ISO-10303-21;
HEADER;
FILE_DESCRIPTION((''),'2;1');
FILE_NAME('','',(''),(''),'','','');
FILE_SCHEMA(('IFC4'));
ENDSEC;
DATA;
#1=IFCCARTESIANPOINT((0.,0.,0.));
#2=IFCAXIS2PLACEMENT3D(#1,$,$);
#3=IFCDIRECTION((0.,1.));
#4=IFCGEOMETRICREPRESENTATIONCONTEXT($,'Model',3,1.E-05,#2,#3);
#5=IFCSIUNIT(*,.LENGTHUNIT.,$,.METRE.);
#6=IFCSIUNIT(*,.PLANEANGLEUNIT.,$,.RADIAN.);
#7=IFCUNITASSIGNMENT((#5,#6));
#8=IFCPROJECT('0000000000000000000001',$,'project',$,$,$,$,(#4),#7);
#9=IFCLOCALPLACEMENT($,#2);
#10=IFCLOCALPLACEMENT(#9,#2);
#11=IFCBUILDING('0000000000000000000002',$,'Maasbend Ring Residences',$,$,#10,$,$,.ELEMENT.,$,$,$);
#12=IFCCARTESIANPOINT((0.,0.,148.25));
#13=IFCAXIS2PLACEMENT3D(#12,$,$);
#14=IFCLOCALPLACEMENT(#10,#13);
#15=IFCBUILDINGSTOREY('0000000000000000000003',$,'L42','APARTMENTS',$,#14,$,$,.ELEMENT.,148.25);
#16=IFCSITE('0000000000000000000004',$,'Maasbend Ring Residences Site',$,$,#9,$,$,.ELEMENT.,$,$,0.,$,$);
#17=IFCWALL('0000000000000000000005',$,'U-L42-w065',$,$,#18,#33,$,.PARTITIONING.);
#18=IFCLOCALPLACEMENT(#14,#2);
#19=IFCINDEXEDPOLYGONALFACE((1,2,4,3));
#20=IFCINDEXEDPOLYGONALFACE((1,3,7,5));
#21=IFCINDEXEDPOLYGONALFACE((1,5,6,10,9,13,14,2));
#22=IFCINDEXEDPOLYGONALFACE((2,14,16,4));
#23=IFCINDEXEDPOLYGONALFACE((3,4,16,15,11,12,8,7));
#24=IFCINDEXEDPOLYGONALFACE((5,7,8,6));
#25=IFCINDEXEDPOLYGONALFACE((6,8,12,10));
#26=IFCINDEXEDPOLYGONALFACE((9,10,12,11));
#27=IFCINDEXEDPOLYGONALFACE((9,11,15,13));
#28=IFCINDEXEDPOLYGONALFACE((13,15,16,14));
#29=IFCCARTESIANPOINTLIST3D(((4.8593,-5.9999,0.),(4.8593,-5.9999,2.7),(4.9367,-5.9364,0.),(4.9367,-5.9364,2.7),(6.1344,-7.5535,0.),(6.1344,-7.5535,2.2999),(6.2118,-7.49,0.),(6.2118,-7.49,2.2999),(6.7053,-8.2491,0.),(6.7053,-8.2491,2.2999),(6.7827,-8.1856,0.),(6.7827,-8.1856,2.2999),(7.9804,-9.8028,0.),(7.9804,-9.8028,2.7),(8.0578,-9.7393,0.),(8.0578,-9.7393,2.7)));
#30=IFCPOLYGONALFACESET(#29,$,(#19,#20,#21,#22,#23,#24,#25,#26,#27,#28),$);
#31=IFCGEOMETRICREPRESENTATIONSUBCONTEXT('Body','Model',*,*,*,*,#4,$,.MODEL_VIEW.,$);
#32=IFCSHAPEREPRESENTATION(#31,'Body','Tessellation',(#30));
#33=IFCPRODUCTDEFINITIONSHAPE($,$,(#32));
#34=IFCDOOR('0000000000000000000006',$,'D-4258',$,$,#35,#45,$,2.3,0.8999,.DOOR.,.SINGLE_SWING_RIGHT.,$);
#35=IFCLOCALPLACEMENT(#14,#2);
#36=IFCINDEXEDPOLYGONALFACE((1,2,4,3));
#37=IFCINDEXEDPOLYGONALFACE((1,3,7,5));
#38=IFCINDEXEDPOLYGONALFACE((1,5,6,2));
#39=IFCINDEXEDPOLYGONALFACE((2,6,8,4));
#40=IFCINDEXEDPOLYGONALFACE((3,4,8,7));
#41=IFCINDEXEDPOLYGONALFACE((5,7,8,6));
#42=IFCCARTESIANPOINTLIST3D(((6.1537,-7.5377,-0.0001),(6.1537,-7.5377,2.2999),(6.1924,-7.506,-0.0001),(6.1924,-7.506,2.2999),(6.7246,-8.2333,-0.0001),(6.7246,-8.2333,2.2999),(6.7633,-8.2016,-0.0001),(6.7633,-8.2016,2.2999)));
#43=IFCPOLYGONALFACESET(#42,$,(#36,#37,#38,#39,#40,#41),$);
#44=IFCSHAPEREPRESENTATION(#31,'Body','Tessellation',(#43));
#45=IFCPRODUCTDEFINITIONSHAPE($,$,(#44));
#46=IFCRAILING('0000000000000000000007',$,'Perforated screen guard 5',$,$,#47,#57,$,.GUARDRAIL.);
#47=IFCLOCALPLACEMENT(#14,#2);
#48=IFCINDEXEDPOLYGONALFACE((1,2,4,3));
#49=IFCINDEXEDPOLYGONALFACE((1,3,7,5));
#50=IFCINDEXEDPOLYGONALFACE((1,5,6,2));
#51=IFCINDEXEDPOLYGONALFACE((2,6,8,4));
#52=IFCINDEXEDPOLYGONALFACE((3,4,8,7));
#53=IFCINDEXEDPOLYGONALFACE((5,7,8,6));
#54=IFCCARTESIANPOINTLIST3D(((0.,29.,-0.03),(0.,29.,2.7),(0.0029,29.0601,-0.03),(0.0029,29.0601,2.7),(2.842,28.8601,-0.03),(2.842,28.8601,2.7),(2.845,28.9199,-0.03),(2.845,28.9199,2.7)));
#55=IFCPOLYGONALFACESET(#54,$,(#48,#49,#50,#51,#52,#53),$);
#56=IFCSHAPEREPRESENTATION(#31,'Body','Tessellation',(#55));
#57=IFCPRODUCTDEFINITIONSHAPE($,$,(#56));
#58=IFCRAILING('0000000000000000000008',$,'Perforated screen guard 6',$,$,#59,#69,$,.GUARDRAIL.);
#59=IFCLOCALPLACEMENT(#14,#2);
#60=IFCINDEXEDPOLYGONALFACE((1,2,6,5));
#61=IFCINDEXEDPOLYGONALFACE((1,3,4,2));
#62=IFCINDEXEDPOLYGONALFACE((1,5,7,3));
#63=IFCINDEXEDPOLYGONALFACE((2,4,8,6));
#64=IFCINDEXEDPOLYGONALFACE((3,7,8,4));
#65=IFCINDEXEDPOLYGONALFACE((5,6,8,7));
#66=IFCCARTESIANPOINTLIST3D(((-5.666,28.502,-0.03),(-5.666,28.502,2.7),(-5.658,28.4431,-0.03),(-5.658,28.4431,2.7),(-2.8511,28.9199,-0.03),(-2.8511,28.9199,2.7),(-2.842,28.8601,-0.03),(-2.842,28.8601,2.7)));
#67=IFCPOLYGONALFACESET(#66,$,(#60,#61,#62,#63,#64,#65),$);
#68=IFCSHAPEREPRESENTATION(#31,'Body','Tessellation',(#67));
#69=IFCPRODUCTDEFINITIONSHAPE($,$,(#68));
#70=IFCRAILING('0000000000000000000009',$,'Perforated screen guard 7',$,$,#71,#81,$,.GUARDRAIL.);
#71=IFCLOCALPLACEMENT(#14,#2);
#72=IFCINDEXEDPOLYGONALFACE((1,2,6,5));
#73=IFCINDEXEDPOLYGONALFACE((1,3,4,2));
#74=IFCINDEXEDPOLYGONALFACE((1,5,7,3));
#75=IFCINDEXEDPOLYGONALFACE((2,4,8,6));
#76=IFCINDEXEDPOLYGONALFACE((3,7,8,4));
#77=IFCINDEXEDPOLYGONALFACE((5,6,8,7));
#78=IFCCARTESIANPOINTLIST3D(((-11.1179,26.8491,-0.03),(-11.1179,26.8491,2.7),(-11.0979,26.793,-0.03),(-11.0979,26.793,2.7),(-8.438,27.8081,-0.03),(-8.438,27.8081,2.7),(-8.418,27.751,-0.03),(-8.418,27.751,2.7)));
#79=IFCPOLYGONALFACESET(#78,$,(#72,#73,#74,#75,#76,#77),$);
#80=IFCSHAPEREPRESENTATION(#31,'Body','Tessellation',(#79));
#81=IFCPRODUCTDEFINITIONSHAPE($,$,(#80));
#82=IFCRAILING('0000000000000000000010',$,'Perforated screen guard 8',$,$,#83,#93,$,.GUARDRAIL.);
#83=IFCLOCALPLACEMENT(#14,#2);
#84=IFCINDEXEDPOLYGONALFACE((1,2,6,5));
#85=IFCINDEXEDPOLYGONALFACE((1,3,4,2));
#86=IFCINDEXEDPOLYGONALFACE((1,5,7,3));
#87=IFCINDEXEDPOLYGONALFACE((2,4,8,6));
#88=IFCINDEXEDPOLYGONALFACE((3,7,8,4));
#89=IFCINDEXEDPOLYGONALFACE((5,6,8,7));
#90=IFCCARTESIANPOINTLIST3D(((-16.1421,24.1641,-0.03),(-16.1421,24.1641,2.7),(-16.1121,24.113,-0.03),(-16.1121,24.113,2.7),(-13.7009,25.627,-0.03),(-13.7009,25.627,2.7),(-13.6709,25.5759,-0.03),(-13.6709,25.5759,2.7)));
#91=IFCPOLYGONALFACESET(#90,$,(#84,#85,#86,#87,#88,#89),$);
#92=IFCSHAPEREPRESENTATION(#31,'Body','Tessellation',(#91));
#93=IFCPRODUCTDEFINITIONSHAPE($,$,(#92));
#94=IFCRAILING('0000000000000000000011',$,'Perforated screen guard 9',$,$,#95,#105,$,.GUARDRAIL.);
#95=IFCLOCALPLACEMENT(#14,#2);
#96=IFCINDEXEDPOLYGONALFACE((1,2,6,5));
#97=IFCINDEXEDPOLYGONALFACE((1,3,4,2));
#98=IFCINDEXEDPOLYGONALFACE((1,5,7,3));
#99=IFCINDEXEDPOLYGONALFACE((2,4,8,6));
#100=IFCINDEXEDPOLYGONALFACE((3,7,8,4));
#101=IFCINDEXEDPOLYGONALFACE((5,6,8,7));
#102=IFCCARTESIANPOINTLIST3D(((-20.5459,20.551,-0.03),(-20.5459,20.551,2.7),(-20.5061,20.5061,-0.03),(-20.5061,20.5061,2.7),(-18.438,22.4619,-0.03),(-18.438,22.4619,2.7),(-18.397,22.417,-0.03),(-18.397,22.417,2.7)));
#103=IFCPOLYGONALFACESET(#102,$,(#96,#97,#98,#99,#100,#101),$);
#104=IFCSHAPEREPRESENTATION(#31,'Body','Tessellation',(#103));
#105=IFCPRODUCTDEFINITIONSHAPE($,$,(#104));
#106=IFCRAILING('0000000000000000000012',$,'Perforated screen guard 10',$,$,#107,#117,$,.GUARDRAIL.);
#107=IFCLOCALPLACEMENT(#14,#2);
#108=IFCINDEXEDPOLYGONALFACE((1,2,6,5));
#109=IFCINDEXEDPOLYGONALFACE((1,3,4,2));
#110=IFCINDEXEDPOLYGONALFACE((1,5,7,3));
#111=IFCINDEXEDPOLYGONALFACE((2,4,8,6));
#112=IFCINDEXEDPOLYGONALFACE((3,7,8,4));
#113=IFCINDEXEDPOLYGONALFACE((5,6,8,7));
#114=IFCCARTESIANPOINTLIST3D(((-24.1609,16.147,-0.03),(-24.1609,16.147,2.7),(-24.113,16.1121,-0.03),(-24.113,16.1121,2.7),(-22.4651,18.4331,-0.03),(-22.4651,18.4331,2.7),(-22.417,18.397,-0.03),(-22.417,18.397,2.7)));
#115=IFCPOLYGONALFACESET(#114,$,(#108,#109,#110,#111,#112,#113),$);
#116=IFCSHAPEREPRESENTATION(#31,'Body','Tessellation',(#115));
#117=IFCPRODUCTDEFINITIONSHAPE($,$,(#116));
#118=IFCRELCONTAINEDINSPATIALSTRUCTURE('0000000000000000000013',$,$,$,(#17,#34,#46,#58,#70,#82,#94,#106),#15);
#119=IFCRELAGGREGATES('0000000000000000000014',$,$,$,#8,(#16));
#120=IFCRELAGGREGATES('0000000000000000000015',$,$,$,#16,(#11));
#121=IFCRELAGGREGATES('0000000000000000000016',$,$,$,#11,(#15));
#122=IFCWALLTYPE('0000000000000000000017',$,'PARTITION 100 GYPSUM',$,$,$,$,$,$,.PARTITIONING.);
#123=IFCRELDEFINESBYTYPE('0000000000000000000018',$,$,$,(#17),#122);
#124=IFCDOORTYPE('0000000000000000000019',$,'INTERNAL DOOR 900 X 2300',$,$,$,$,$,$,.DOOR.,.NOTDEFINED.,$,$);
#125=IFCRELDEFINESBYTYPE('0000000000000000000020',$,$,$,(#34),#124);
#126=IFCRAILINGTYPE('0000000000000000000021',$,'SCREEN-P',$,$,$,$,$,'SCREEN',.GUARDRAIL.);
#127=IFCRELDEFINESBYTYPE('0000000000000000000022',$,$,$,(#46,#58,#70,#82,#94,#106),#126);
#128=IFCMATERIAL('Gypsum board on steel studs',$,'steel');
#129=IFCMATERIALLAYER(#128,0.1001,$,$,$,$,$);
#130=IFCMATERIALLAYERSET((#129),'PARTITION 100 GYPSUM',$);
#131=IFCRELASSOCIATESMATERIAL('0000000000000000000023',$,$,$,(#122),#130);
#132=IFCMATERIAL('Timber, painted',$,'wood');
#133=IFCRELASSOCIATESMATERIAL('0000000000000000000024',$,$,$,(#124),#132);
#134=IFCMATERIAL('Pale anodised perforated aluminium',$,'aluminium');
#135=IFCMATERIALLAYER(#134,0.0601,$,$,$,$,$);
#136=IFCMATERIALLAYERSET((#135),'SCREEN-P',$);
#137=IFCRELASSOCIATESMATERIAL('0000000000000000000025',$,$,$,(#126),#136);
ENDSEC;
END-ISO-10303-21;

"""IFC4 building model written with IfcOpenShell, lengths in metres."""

from ifc_helpers import new_model, si_unit, direction, frame, frame_2d, origin, place, context, subcontext, project, spatial, polyline, rectangle, outline, extrude, material, layer, layer_set, type_object, element, fill, save


model = new_model("IFC4")

# Units and contexts
model_context = context("Model", 3, precision=1e-05, world=origin(), true_north=direction((0.0, 1.0)))
body_context = subcontext(model_context, "Body", "Model", "MODEL_VIEW")
ifc_project = project(units=[si_unit("LENGTHUNIT", "METRE"), si_unit("PLANEANGLEUNIT", "RADIAN")], contexts=[model_context])

# Site, building, storey
site_placement = place(None, origin())
site = spatial("IfcSite", under=ifc_project, at=site_placement, Name="Maasbend Ring Residences Site", CompositionType="ELEMENT", RefElevation=0.0)
building_placement = place(site_placement, origin())
building = spatial("IfcBuilding", under=site, at=building_placement, Name="Maasbend Ring Residences", CompositionType="ELEMENT")
storey_placement = place(building_placement, frame((0.0, 0.0, 148.25)))
storey = spatial("IfcBuildingStorey", under=building, at=storey_placement, Name="L42", Description="APARTMENTS", CompositionType="ELEMENT", Elevation=148.25)

# Wall, opening, door
ifc_material_1 = material(Name="Gypsum board on steel studs", Category="steel")
ifc_layer_1 = layer(ifc_material_1, 0.1001)
ifc_layer_set_1 = layer_set([ifc_layer_1], Name="PARTITION 100 GYPSUM")
wall_type = type_object("IfcWallType", Name="PARTITION 100 GYPSUM", PredefinedType="PARTITIONING", material=ifc_layer_set_1)
wall_placement = place(storey_placement, frame((4.8979, -5.968, 0.0), z_axis=(0.0, 0.0, 1.0), x_axis=(0.634402, -0.773003, 0.0)))
wall = element("IfcWall", 1, at=wall_placement, inside=storey, type_object=wall_type, Name="U-L42-w065", PredefinedType="PARTITIONING", context=body_context, shape_type="SweptSolid", body=[
    extrude(rectangle(XDim=4.9197, YDim=0.1001, at=frame_2d((2.46, 0.0))), origin(), (0.0, 0.0, 1.0), 2.7),
])
opening_placement = place(wall_placement, frame((2.01, 0.0, 0.0)))
opening = element("IfcOpeningElement", 2, at=opening_placement, cuts=wall, PredefinedType="OPENING", context=body_context, shape_type="SweptSolid", body=[
    extrude(rectangle(XDim=0.8999, YDim=2.3, at=frame_2d((0.45, 1.1499))), frame((0.0, 0.0601, 0.0), z_axis=(0.0, -1.0, 0.0), x_axis=(1.0, 0.0, 0.0)), (0.0, 0.0, 1.0), 0.1201),
])
ifc_material_2 = material(Name="Timber, painted", Category="wood")
door_type = type_object("IfcDoorType", Name="INTERNAL DOOR 900 X 2300", OperationType="NOTDEFINED", PredefinedType="DOOR", material=ifc_material_2)
door_placement = place(opening_placement, origin())
door = element("IfcDoor", 3, at=door_placement, inside=storey, type_object=door_type, Name="D-4258", OperationType="SINGLE_SWING_RIGHT", OverallHeight=2.3, OverallWidth=0.8999, PredefinedType="DOOR", context=body_context, shape_type="SweptSolid", body=[
    extrude(rectangle(XDim=0.8999, YDim=2.3, at=frame_2d((0.45, 1.1499))), frame((0.0, 0.0249, 0.0), z_axis=(0.0, -1.0, 0.0), x_axis=(1.0, 0.0, 0.0)), (0.0, 0.0, 1.0), 0.05),
])
fill(opening, door)

# Railings
ifc_material_3 = material(Name="Pale anodised perforated aluminium", Category="aluminium")
ifc_layer_2 = layer(ifc_material_3, 0.0601)
ifc_layer_set_2 = layer_set([ifc_layer_2], Name="SCREEN-P")
railing_type = type_object("IfcRailingType", Name="SCREEN-P", ElementType="SCREEN", PredefinedType="GUARDRAIL", material=ifc_layer_set_2)
railing_1_placement = place(storey_placement, frame((0.0, 0.0, -0.03)))
element("IfcRailing", 4, at=railing_1_placement, inside=storey, type_object=railing_type, Name="Perforated screen guard 5", PredefinedType="GUARDRAIL", context=body_context, shape_type="SweptSolid", body=[
    extrude(outline(polyline([(2.842, 28.8601), (0.0, 29.0), (0.0029, 29.0601), (2.845, 28.9199), (2.842, 28.8601)])), origin(), (0.0, 0.0, 1.0), 2.73),
])
railing_2_placement = place(storey_placement, frame((0.0, 0.0, -0.03)))
element("IfcRailing", 5, at=railing_2_placement, inside=storey, type_object=railing_type, Name="Perforated screen guard 6", PredefinedType="GUARDRAIL", context=body_context, shape_type="SweptSolid", body=[
    extrude(outline(polyline([(-2.842, 28.8601), (-5.658, 28.4431), (-5.666, 28.502), (-2.8511, 28.9199), (-2.842, 28.8601)])), origin(), (0.0, 0.0, 1.0), 2.73),
])
railing_3_placement = place(storey_placement, frame((0.0, 0.0, -0.03)))
element("IfcRailing", 6, at=railing_3_placement, inside=storey, type_object=railing_type, Name="Perforated screen guard 7", PredefinedType="GUARDRAIL", context=body_context, shape_type="SweptSolid", body=[
    extrude(outline(polyline([(-8.418, 27.751), (-11.0979, 26.793), (-11.1179, 26.8491), (-8.438, 27.8081), (-8.418, 27.751)])), origin(), (0.0, 0.0, 1.0), 2.73),
])
railing_4_placement = place(storey_placement, frame((0.0, 0.0, -0.03)))
element("IfcRailing", 7, at=railing_4_placement, inside=storey, type_object=railing_type, Name="Perforated screen guard 8", PredefinedType="GUARDRAIL", context=body_context, shape_type="SweptSolid", body=[
    extrude(outline(polyline([(-13.6709, 25.5759), (-16.1121, 24.113), (-16.1421, 24.1641), (-13.7009, 25.627), (-13.6709, 25.5759)])), origin(), (0.0, 0.0, 1.0), 2.73),
])
railing_5_placement = place(storey_placement, frame((0.0, 0.0, -0.03)))
element("IfcRailing", 8, at=railing_5_placement, inside=storey, type_object=railing_type, Name="Perforated screen guard 9", PredefinedType="GUARDRAIL", context=body_context, shape_type="SweptSolid", body=[
    extrude(outline(polyline([(-18.397, 22.417), (-20.5061, 20.5061), (-20.5459, 20.551), (-18.438, 22.4619), (-18.397, 22.417)])), origin(), (0.0, 0.0, 1.0), 2.73),
])
railing_6_placement = place(storey_placement, frame((0.0, 0.0, -0.03)))
element("IfcRailing", 9, at=railing_6_placement, inside=storey, type_object=railing_type, Name="Perforated screen guard 10", PredefinedType="GUARDRAIL", context=body_context, shape_type="SweptSolid", body=[
    extrude(outline(polyline([(-22.417, 18.397), (-24.113, 16.1121), (-24.1609, 16.147), (-22.4651, 18.4331), (-22.417, 18.397)])), origin(), (0.0, 0.0, 1.0), 2.73),
])

save(model, "model.ifc")
